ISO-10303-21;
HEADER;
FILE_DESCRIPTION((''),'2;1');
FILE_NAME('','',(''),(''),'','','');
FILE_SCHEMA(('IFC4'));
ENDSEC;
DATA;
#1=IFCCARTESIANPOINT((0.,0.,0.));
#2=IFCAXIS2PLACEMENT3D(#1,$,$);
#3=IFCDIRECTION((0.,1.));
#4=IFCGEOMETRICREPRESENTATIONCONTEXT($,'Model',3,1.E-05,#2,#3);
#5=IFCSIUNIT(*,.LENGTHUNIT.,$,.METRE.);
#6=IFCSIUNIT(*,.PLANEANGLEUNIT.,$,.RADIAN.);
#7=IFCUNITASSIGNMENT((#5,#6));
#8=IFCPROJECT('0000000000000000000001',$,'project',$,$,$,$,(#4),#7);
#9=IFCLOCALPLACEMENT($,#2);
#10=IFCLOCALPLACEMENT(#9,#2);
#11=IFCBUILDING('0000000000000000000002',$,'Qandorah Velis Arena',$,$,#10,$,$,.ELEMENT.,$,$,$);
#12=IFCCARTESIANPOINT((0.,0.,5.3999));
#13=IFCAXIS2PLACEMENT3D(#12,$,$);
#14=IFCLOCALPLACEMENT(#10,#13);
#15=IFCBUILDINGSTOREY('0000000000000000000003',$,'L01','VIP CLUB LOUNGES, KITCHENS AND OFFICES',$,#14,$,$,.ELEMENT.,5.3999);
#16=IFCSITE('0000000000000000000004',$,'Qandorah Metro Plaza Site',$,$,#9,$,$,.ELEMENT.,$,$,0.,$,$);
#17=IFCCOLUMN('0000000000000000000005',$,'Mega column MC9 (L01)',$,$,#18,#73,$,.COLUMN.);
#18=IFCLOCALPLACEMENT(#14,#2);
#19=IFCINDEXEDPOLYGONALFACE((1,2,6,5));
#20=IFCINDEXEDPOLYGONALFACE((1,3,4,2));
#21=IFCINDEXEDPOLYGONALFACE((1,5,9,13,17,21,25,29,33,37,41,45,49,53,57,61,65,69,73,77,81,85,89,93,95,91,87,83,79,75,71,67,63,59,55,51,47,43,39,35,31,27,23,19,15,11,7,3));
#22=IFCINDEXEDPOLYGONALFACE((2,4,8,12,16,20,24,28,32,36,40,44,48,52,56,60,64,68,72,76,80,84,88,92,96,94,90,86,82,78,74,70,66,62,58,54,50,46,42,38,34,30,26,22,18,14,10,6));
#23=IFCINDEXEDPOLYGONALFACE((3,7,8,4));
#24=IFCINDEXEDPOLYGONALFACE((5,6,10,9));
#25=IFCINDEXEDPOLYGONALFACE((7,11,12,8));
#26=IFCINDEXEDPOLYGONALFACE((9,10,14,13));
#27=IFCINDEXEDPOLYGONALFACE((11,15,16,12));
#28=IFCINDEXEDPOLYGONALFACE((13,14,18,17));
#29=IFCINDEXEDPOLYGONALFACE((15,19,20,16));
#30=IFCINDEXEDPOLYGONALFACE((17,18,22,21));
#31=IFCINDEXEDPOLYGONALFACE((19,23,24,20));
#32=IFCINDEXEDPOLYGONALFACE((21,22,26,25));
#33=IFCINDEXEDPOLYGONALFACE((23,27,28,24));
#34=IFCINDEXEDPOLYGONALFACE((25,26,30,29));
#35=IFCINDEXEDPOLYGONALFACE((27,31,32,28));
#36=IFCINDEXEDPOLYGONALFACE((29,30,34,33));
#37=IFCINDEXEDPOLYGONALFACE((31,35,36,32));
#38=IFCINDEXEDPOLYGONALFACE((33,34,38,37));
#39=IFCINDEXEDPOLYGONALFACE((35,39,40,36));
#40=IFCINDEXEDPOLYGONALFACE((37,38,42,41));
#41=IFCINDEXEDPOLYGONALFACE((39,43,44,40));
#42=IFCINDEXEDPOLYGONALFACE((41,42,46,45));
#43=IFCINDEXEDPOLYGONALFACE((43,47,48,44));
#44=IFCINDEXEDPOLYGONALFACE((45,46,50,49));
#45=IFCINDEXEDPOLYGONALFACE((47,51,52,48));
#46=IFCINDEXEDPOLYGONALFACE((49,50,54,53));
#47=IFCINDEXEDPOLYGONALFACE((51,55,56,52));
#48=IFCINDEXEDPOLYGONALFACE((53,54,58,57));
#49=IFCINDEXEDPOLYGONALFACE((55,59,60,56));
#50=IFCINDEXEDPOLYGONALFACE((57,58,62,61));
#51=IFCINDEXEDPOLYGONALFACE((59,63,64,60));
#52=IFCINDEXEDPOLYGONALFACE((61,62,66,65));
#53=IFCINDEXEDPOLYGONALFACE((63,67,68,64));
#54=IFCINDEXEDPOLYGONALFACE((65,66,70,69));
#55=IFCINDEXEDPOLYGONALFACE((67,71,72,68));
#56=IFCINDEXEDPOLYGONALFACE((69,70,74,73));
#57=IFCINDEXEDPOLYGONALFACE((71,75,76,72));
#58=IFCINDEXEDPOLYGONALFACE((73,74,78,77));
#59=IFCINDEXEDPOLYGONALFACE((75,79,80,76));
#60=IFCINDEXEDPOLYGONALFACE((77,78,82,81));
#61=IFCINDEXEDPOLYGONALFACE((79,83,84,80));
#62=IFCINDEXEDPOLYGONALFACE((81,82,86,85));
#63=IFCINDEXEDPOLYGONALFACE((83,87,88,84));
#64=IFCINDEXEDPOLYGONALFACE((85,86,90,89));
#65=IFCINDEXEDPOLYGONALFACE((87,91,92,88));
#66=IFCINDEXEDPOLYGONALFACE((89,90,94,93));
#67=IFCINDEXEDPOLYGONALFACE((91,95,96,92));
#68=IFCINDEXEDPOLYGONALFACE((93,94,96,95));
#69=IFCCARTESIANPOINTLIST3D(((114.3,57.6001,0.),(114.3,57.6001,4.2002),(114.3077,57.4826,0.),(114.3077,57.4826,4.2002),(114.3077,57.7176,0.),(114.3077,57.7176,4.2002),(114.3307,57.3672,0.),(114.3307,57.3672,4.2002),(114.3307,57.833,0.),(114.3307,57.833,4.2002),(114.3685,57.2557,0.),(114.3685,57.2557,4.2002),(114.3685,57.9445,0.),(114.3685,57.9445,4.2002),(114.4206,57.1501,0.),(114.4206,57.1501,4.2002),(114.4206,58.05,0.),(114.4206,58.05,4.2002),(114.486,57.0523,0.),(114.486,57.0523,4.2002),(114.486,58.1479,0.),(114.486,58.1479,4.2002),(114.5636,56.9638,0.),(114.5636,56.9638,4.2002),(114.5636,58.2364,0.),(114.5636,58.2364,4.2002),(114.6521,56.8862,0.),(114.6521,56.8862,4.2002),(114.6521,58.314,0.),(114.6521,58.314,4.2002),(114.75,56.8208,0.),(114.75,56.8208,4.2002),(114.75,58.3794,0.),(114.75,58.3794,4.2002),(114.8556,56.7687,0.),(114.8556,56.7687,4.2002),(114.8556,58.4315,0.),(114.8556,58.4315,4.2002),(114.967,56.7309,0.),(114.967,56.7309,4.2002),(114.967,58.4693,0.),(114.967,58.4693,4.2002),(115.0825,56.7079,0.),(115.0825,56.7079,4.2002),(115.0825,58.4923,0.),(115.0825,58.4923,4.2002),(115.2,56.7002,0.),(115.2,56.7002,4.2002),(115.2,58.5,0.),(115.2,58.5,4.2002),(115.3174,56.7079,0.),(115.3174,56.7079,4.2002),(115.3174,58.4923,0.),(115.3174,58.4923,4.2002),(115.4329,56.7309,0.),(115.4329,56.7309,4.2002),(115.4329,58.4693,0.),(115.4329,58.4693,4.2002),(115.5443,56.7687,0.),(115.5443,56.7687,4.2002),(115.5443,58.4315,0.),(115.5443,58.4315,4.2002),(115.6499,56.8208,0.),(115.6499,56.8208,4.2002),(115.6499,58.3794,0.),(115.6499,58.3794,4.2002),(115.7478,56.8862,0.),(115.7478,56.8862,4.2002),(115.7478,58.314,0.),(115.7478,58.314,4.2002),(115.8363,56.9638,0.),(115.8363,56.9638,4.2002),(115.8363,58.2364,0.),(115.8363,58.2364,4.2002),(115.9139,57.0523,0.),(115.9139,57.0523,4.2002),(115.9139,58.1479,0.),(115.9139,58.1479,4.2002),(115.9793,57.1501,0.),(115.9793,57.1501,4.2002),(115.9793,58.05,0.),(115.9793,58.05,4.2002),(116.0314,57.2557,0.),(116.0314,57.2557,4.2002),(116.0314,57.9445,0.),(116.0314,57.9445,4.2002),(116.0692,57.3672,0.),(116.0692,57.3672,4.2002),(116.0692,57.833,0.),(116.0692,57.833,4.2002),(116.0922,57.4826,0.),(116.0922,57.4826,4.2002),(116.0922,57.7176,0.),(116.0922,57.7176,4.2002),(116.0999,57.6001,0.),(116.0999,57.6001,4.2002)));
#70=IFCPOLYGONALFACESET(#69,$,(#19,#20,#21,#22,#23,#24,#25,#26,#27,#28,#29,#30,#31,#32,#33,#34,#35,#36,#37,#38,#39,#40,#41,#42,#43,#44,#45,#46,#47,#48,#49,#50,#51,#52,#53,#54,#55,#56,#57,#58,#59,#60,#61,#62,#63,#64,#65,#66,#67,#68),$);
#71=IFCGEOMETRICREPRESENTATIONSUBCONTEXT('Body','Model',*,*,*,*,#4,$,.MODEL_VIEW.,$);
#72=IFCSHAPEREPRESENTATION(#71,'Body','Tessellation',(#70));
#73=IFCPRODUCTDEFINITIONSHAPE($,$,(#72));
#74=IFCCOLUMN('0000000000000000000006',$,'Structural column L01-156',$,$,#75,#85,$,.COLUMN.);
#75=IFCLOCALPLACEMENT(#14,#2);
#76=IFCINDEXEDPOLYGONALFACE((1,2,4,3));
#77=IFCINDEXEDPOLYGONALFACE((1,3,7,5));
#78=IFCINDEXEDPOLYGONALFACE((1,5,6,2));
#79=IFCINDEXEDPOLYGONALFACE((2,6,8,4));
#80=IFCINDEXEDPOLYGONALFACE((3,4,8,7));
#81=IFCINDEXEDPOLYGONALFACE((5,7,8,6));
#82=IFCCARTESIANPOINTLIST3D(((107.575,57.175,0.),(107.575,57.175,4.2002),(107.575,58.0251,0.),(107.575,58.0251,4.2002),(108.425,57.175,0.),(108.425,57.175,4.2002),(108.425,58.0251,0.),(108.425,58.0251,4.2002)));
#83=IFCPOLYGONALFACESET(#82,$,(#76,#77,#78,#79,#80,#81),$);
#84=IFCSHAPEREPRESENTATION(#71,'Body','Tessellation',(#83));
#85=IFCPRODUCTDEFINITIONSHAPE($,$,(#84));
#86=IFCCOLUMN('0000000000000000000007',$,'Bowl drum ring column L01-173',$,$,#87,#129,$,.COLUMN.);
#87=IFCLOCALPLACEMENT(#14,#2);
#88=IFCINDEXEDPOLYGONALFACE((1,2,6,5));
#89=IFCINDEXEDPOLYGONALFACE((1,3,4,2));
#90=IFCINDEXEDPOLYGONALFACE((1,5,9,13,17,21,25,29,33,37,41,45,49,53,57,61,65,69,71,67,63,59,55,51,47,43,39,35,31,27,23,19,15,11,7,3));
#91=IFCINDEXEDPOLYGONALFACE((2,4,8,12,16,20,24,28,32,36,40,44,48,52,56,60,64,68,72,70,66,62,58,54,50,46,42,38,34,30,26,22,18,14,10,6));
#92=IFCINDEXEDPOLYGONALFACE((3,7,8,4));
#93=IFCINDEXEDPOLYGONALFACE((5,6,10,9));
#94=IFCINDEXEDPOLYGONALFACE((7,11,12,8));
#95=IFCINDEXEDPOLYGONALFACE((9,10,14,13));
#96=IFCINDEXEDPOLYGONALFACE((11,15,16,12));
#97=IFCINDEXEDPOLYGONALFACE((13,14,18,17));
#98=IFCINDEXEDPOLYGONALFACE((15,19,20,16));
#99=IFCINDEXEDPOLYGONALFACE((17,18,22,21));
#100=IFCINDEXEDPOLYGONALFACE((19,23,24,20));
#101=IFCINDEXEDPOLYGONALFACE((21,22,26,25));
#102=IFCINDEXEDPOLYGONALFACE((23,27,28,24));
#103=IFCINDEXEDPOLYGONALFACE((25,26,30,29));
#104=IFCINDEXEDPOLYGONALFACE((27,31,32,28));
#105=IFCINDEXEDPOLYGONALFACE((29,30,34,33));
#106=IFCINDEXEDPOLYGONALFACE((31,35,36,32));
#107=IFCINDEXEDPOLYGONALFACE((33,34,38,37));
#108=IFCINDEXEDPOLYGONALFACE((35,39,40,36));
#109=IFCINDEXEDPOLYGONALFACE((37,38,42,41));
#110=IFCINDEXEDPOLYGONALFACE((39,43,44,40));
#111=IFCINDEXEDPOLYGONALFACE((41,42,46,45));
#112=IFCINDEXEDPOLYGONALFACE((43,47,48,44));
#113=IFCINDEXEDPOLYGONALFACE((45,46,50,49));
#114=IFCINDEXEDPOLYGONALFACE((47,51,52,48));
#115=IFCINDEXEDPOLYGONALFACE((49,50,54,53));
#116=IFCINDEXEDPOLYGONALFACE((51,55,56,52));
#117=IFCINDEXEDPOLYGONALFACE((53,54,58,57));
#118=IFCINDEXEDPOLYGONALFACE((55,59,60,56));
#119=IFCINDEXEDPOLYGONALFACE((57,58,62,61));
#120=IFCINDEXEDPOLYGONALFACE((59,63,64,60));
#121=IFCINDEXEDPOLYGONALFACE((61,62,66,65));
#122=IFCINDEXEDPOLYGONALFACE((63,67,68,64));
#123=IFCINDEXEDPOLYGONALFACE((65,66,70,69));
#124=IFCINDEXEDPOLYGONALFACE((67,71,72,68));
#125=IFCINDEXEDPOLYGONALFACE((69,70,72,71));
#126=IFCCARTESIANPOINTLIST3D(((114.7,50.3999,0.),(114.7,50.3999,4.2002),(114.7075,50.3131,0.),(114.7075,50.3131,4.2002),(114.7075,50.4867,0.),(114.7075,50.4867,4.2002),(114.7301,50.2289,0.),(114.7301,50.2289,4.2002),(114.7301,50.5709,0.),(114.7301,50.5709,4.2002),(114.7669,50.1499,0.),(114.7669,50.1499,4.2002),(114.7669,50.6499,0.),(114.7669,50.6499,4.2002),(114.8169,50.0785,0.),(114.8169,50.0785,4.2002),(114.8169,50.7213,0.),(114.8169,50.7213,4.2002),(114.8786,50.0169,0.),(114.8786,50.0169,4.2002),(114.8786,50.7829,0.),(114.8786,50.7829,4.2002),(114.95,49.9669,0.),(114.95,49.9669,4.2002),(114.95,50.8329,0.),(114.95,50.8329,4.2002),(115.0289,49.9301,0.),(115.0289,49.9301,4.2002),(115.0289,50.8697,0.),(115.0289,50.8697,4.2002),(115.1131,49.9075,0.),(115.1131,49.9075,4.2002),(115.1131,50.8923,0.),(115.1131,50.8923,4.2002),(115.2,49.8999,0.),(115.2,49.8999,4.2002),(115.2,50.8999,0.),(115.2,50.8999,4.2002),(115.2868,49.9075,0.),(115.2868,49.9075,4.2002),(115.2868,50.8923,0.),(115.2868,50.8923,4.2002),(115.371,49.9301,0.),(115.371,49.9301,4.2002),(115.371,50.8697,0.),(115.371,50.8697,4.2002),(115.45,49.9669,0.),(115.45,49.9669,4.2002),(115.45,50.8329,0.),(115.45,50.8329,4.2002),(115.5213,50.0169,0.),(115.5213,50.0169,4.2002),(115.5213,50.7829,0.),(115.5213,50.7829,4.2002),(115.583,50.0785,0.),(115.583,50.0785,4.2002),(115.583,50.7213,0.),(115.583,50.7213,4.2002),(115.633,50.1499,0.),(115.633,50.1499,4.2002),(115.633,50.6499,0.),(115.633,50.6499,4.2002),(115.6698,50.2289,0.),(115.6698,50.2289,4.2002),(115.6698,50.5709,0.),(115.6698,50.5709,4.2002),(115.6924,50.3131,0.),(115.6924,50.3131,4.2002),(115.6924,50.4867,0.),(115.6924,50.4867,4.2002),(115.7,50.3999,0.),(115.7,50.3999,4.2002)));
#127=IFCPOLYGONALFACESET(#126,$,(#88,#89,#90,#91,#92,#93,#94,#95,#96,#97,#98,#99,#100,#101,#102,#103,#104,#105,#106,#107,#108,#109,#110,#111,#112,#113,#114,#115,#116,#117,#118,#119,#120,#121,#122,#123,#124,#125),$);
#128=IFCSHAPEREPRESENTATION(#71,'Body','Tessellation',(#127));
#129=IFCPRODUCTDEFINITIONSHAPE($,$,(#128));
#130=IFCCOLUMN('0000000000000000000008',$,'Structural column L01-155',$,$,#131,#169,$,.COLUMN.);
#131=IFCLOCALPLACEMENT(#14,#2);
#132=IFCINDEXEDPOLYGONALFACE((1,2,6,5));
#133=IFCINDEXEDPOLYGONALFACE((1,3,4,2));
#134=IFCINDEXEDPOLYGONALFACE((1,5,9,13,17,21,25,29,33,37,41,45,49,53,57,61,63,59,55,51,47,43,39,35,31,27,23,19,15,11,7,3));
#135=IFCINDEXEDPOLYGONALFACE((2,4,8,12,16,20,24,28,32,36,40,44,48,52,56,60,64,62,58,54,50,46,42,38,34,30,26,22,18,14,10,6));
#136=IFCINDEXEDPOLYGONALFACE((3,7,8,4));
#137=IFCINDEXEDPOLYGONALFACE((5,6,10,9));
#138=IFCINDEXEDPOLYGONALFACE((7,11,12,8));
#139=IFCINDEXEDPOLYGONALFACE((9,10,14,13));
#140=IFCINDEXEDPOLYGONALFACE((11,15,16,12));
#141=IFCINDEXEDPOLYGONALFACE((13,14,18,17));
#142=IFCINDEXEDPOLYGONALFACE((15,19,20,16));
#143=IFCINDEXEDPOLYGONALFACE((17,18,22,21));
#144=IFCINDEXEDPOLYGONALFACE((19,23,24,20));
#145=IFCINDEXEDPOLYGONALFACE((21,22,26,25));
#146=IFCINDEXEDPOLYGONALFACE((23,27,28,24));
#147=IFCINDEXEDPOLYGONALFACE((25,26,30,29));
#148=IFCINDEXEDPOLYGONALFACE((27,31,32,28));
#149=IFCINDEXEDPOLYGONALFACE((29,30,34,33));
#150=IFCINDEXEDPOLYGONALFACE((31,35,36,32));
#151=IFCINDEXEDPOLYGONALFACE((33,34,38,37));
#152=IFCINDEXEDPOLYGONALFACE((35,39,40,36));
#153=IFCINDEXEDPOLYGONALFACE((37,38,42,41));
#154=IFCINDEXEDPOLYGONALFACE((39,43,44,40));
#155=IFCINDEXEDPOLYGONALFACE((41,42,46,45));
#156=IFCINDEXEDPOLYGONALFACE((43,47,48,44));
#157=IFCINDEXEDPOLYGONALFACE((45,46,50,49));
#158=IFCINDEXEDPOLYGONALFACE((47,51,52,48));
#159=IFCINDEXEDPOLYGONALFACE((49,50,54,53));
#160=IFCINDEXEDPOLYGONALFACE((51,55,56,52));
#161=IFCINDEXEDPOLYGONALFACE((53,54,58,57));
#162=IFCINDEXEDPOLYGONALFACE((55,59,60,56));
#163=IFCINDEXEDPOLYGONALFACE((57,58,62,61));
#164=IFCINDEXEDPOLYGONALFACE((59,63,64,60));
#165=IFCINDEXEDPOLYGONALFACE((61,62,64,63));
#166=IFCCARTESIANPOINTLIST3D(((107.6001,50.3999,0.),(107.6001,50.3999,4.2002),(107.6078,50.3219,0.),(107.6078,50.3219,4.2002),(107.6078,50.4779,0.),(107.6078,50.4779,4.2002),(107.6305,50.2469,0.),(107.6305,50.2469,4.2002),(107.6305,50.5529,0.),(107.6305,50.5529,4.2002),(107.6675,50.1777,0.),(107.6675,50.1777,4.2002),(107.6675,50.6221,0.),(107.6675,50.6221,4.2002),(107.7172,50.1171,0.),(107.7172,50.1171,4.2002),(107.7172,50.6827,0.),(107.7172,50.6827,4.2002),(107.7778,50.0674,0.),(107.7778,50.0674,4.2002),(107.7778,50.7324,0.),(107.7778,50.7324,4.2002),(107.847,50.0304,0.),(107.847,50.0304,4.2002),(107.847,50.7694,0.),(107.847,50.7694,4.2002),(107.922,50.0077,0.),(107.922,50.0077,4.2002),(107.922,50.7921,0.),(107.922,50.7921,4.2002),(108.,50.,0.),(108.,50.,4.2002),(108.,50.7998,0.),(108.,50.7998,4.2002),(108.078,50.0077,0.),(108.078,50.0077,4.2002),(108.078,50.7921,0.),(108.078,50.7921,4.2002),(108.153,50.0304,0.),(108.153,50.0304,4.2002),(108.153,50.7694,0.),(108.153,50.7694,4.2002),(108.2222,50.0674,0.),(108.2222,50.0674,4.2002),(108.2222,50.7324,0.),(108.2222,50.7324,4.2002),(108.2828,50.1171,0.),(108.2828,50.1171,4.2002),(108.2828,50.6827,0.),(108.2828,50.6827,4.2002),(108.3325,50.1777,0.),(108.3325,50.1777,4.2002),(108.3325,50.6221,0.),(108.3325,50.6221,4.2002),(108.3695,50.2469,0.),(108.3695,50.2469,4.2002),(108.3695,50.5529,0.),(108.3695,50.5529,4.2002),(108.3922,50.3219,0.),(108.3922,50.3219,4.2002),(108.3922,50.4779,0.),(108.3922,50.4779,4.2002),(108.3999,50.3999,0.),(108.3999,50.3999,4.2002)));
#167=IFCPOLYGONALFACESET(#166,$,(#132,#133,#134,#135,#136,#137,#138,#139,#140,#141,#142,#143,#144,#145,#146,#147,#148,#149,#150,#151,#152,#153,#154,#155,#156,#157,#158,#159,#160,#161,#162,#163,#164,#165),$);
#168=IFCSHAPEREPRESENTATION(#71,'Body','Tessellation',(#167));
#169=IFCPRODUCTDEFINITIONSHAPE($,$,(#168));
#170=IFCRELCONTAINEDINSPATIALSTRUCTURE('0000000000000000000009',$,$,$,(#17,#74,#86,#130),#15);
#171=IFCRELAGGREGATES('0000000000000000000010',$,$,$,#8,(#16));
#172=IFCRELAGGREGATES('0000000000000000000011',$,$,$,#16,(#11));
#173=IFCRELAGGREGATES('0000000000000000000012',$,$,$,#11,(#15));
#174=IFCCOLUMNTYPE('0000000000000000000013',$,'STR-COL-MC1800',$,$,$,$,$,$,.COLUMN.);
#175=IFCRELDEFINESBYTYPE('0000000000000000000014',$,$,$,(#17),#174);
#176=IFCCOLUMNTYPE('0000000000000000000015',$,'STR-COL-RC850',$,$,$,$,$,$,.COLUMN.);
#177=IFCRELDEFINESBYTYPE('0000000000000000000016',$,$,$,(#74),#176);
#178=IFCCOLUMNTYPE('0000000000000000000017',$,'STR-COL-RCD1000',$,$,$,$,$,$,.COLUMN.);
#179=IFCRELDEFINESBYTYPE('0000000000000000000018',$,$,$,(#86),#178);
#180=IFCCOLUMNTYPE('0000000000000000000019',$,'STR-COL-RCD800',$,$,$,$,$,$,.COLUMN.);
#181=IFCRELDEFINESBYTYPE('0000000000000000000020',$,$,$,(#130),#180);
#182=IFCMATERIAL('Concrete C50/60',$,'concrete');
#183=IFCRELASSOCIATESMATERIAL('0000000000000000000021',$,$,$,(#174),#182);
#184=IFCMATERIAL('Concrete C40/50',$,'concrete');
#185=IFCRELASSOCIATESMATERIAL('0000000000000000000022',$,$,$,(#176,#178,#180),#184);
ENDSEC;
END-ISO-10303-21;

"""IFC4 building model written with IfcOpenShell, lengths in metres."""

from ifc_helpers import new_model, si_unit, direction, frame, origin, origin_2d, place, context, subcontext, project, spatial, rectangle, circle, extrude, material, material_profile, profile_set, type_object, element, save


model = new_model("IFC4")

# Units and contexts
model_context = context("Model", 3, precision=1e-05, world=origin(), true_north=direction((0.0, 1.0)))
body_context = subcontext(model_context, "Body", "Model", "MODEL_VIEW")
ifc_project = project(units=[si_unit("LENGTHUNIT", "METRE"), si_unit("PLANEANGLEUNIT", "RADIAN")], contexts=[model_context])

# Site, building, storey
site_placement = place(None, origin())
site = spatial("IfcSite", under=ifc_project, at=site_placement, Name="Qandorah Metro Plaza Site", CompositionType="ELEMENT", RefElevation=0.0)
building_placement = place(site_placement, origin())
building = spatial("IfcBuilding", under=site, at=building_placement, Name="Qandorah Velis Arena", CompositionType="ELEMENT")
storey_placement = place(building_placement, frame((0.0, 0.0, 5.3999)))
storey = spatial("IfcBuildingStorey", under=building, at=storey_placement, Name="L01", Description="VIP CLUB LOUNGES, KITCHENS AND OFFICES", CompositionType="ELEMENT", Elevation=5.3999)

# Columns
ifc_material_1 = material(Name="Concrete C50/60", Category="concrete")
ifc_material_profile_1 = material_profile(ifc_material_1, circle(Radius=0.8999, at=origin_2d()), Name="MC D1800")
ifc_profile_set_1 = profile_set([ifc_material_profile_1], Name="Concrete C50/60")
column_type_1 = type_object("IfcColumnType", Name="STR-COL-MC1800", PredefinedType="COLUMN", material=ifc_profile_set_1)
column_1_placement = place(storey_placement, frame((115.2, 57.6001, 0.0), z_axis=(0.0, 0.0, 1.0), x_axis=(1.0, 0.0, 0.0)))
element("IfcColumn", 1, at=column_1_placement, inside=storey, type_object=column_type_1, Name="Mega column MC9 (L01)", PredefinedType="COLUMN", context=body_context, shape_type="SweptSolid", body=[
    extrude(circle(Radius=0.8999, at=origin_2d()), origin(), (0.0, 0.0, 1.0), 4.2002),
])
ifc_material_2 = material(Name="Concrete C40/50", Category="concrete")
ifc_material_profile_2 = material_profile(ifc_material_2, rectangle(XDim=0.8501, YDim=0.8501, at=origin_2d()), Name="RC COL 850x850")
ifc_profile_set_2 = profile_set([ifc_material_profile_2], Name="Concrete C40/50")
column_type_2 = type_object("IfcColumnType", Name="STR-COL-RC850", PredefinedType="COLUMN", material=ifc_profile_set_2)
column_2_placement = place(storey_placement, frame((108.0, 57.6001, 0.0), z_axis=(0.0, 0.0, 1.0), x_axis=(1.0, 0.0, 0.0)))
element("IfcColumn", 2, at=column_2_placement, inside=storey, type_object=column_type_2, Name="Structural column L01-156", PredefinedType="COLUMN", context=body_context, shape_type="SweptSolid", body=[
    extrude(rectangle(XDim=0.8501, YDim=0.8501, at=origin_2d()), origin(), (0.0, 0.0, 1.0), 4.2002),
])
ifc_material_profile_3 = material_profile(ifc_material_2, circle(Radius=0.5, at=origin_2d()), Name="RC D1000")
ifc_profile_set_3 = profile_set([ifc_material_profile_3], Name="Concrete C40/50")
column_type_3 = type_object("IfcColumnType", Name="STR-COL-RCD1000", PredefinedType="COLUMN", material=ifc_profile_set_3)
column_3_placement = place(storey_placement, frame((115.2, 50.3999, 0.0), z_axis=(0.0, 0.0, 1.0), x_axis=(1.0, 0.0, 0.0)))
element("IfcColumn", 3, at=column_3_placement, inside=storey, type_object=column_type_3, Name="Bowl drum ring column L01-173", PredefinedType="COLUMN", context=body_context, shape_type="SweptSolid", body=[
    extrude(circle(Radius=0.5, at=origin_2d()), origin(), (0.0, 0.0, 1.0), 4.2002),
])
ifc_material_profile_4 = material_profile(ifc_material_2, circle(Radius=0.3999, at=origin_2d()), Name="RC D800")
ifc_profile_set_4 = profile_set([ifc_material_profile_4], Name="Concrete C40/50")
column_type_4 = type_object("IfcColumnType", Name="STR-COL-RCD800", PredefinedType="COLUMN", material=ifc_profile_set_4)
column_4_placement = place(storey_placement, frame((108.0, 50.3999, 0.0), z_axis=(0.0, 0.0, 1.0), x_axis=(1.0, 0.0, 0.0)))
element("IfcColumn", 4, at=column_4_placement, inside=storey, type_object=column_type_4, Name="Structural column L01-155", PredefinedType="COLUMN", context=body_context, shape_type="SweptSolid", body=[
    extrude(circle(Radius=0.3999, at=origin_2d()), origin(), (0.0, 0.0, 1.0), 4.2002),
])

save(model, "model.ifc")
